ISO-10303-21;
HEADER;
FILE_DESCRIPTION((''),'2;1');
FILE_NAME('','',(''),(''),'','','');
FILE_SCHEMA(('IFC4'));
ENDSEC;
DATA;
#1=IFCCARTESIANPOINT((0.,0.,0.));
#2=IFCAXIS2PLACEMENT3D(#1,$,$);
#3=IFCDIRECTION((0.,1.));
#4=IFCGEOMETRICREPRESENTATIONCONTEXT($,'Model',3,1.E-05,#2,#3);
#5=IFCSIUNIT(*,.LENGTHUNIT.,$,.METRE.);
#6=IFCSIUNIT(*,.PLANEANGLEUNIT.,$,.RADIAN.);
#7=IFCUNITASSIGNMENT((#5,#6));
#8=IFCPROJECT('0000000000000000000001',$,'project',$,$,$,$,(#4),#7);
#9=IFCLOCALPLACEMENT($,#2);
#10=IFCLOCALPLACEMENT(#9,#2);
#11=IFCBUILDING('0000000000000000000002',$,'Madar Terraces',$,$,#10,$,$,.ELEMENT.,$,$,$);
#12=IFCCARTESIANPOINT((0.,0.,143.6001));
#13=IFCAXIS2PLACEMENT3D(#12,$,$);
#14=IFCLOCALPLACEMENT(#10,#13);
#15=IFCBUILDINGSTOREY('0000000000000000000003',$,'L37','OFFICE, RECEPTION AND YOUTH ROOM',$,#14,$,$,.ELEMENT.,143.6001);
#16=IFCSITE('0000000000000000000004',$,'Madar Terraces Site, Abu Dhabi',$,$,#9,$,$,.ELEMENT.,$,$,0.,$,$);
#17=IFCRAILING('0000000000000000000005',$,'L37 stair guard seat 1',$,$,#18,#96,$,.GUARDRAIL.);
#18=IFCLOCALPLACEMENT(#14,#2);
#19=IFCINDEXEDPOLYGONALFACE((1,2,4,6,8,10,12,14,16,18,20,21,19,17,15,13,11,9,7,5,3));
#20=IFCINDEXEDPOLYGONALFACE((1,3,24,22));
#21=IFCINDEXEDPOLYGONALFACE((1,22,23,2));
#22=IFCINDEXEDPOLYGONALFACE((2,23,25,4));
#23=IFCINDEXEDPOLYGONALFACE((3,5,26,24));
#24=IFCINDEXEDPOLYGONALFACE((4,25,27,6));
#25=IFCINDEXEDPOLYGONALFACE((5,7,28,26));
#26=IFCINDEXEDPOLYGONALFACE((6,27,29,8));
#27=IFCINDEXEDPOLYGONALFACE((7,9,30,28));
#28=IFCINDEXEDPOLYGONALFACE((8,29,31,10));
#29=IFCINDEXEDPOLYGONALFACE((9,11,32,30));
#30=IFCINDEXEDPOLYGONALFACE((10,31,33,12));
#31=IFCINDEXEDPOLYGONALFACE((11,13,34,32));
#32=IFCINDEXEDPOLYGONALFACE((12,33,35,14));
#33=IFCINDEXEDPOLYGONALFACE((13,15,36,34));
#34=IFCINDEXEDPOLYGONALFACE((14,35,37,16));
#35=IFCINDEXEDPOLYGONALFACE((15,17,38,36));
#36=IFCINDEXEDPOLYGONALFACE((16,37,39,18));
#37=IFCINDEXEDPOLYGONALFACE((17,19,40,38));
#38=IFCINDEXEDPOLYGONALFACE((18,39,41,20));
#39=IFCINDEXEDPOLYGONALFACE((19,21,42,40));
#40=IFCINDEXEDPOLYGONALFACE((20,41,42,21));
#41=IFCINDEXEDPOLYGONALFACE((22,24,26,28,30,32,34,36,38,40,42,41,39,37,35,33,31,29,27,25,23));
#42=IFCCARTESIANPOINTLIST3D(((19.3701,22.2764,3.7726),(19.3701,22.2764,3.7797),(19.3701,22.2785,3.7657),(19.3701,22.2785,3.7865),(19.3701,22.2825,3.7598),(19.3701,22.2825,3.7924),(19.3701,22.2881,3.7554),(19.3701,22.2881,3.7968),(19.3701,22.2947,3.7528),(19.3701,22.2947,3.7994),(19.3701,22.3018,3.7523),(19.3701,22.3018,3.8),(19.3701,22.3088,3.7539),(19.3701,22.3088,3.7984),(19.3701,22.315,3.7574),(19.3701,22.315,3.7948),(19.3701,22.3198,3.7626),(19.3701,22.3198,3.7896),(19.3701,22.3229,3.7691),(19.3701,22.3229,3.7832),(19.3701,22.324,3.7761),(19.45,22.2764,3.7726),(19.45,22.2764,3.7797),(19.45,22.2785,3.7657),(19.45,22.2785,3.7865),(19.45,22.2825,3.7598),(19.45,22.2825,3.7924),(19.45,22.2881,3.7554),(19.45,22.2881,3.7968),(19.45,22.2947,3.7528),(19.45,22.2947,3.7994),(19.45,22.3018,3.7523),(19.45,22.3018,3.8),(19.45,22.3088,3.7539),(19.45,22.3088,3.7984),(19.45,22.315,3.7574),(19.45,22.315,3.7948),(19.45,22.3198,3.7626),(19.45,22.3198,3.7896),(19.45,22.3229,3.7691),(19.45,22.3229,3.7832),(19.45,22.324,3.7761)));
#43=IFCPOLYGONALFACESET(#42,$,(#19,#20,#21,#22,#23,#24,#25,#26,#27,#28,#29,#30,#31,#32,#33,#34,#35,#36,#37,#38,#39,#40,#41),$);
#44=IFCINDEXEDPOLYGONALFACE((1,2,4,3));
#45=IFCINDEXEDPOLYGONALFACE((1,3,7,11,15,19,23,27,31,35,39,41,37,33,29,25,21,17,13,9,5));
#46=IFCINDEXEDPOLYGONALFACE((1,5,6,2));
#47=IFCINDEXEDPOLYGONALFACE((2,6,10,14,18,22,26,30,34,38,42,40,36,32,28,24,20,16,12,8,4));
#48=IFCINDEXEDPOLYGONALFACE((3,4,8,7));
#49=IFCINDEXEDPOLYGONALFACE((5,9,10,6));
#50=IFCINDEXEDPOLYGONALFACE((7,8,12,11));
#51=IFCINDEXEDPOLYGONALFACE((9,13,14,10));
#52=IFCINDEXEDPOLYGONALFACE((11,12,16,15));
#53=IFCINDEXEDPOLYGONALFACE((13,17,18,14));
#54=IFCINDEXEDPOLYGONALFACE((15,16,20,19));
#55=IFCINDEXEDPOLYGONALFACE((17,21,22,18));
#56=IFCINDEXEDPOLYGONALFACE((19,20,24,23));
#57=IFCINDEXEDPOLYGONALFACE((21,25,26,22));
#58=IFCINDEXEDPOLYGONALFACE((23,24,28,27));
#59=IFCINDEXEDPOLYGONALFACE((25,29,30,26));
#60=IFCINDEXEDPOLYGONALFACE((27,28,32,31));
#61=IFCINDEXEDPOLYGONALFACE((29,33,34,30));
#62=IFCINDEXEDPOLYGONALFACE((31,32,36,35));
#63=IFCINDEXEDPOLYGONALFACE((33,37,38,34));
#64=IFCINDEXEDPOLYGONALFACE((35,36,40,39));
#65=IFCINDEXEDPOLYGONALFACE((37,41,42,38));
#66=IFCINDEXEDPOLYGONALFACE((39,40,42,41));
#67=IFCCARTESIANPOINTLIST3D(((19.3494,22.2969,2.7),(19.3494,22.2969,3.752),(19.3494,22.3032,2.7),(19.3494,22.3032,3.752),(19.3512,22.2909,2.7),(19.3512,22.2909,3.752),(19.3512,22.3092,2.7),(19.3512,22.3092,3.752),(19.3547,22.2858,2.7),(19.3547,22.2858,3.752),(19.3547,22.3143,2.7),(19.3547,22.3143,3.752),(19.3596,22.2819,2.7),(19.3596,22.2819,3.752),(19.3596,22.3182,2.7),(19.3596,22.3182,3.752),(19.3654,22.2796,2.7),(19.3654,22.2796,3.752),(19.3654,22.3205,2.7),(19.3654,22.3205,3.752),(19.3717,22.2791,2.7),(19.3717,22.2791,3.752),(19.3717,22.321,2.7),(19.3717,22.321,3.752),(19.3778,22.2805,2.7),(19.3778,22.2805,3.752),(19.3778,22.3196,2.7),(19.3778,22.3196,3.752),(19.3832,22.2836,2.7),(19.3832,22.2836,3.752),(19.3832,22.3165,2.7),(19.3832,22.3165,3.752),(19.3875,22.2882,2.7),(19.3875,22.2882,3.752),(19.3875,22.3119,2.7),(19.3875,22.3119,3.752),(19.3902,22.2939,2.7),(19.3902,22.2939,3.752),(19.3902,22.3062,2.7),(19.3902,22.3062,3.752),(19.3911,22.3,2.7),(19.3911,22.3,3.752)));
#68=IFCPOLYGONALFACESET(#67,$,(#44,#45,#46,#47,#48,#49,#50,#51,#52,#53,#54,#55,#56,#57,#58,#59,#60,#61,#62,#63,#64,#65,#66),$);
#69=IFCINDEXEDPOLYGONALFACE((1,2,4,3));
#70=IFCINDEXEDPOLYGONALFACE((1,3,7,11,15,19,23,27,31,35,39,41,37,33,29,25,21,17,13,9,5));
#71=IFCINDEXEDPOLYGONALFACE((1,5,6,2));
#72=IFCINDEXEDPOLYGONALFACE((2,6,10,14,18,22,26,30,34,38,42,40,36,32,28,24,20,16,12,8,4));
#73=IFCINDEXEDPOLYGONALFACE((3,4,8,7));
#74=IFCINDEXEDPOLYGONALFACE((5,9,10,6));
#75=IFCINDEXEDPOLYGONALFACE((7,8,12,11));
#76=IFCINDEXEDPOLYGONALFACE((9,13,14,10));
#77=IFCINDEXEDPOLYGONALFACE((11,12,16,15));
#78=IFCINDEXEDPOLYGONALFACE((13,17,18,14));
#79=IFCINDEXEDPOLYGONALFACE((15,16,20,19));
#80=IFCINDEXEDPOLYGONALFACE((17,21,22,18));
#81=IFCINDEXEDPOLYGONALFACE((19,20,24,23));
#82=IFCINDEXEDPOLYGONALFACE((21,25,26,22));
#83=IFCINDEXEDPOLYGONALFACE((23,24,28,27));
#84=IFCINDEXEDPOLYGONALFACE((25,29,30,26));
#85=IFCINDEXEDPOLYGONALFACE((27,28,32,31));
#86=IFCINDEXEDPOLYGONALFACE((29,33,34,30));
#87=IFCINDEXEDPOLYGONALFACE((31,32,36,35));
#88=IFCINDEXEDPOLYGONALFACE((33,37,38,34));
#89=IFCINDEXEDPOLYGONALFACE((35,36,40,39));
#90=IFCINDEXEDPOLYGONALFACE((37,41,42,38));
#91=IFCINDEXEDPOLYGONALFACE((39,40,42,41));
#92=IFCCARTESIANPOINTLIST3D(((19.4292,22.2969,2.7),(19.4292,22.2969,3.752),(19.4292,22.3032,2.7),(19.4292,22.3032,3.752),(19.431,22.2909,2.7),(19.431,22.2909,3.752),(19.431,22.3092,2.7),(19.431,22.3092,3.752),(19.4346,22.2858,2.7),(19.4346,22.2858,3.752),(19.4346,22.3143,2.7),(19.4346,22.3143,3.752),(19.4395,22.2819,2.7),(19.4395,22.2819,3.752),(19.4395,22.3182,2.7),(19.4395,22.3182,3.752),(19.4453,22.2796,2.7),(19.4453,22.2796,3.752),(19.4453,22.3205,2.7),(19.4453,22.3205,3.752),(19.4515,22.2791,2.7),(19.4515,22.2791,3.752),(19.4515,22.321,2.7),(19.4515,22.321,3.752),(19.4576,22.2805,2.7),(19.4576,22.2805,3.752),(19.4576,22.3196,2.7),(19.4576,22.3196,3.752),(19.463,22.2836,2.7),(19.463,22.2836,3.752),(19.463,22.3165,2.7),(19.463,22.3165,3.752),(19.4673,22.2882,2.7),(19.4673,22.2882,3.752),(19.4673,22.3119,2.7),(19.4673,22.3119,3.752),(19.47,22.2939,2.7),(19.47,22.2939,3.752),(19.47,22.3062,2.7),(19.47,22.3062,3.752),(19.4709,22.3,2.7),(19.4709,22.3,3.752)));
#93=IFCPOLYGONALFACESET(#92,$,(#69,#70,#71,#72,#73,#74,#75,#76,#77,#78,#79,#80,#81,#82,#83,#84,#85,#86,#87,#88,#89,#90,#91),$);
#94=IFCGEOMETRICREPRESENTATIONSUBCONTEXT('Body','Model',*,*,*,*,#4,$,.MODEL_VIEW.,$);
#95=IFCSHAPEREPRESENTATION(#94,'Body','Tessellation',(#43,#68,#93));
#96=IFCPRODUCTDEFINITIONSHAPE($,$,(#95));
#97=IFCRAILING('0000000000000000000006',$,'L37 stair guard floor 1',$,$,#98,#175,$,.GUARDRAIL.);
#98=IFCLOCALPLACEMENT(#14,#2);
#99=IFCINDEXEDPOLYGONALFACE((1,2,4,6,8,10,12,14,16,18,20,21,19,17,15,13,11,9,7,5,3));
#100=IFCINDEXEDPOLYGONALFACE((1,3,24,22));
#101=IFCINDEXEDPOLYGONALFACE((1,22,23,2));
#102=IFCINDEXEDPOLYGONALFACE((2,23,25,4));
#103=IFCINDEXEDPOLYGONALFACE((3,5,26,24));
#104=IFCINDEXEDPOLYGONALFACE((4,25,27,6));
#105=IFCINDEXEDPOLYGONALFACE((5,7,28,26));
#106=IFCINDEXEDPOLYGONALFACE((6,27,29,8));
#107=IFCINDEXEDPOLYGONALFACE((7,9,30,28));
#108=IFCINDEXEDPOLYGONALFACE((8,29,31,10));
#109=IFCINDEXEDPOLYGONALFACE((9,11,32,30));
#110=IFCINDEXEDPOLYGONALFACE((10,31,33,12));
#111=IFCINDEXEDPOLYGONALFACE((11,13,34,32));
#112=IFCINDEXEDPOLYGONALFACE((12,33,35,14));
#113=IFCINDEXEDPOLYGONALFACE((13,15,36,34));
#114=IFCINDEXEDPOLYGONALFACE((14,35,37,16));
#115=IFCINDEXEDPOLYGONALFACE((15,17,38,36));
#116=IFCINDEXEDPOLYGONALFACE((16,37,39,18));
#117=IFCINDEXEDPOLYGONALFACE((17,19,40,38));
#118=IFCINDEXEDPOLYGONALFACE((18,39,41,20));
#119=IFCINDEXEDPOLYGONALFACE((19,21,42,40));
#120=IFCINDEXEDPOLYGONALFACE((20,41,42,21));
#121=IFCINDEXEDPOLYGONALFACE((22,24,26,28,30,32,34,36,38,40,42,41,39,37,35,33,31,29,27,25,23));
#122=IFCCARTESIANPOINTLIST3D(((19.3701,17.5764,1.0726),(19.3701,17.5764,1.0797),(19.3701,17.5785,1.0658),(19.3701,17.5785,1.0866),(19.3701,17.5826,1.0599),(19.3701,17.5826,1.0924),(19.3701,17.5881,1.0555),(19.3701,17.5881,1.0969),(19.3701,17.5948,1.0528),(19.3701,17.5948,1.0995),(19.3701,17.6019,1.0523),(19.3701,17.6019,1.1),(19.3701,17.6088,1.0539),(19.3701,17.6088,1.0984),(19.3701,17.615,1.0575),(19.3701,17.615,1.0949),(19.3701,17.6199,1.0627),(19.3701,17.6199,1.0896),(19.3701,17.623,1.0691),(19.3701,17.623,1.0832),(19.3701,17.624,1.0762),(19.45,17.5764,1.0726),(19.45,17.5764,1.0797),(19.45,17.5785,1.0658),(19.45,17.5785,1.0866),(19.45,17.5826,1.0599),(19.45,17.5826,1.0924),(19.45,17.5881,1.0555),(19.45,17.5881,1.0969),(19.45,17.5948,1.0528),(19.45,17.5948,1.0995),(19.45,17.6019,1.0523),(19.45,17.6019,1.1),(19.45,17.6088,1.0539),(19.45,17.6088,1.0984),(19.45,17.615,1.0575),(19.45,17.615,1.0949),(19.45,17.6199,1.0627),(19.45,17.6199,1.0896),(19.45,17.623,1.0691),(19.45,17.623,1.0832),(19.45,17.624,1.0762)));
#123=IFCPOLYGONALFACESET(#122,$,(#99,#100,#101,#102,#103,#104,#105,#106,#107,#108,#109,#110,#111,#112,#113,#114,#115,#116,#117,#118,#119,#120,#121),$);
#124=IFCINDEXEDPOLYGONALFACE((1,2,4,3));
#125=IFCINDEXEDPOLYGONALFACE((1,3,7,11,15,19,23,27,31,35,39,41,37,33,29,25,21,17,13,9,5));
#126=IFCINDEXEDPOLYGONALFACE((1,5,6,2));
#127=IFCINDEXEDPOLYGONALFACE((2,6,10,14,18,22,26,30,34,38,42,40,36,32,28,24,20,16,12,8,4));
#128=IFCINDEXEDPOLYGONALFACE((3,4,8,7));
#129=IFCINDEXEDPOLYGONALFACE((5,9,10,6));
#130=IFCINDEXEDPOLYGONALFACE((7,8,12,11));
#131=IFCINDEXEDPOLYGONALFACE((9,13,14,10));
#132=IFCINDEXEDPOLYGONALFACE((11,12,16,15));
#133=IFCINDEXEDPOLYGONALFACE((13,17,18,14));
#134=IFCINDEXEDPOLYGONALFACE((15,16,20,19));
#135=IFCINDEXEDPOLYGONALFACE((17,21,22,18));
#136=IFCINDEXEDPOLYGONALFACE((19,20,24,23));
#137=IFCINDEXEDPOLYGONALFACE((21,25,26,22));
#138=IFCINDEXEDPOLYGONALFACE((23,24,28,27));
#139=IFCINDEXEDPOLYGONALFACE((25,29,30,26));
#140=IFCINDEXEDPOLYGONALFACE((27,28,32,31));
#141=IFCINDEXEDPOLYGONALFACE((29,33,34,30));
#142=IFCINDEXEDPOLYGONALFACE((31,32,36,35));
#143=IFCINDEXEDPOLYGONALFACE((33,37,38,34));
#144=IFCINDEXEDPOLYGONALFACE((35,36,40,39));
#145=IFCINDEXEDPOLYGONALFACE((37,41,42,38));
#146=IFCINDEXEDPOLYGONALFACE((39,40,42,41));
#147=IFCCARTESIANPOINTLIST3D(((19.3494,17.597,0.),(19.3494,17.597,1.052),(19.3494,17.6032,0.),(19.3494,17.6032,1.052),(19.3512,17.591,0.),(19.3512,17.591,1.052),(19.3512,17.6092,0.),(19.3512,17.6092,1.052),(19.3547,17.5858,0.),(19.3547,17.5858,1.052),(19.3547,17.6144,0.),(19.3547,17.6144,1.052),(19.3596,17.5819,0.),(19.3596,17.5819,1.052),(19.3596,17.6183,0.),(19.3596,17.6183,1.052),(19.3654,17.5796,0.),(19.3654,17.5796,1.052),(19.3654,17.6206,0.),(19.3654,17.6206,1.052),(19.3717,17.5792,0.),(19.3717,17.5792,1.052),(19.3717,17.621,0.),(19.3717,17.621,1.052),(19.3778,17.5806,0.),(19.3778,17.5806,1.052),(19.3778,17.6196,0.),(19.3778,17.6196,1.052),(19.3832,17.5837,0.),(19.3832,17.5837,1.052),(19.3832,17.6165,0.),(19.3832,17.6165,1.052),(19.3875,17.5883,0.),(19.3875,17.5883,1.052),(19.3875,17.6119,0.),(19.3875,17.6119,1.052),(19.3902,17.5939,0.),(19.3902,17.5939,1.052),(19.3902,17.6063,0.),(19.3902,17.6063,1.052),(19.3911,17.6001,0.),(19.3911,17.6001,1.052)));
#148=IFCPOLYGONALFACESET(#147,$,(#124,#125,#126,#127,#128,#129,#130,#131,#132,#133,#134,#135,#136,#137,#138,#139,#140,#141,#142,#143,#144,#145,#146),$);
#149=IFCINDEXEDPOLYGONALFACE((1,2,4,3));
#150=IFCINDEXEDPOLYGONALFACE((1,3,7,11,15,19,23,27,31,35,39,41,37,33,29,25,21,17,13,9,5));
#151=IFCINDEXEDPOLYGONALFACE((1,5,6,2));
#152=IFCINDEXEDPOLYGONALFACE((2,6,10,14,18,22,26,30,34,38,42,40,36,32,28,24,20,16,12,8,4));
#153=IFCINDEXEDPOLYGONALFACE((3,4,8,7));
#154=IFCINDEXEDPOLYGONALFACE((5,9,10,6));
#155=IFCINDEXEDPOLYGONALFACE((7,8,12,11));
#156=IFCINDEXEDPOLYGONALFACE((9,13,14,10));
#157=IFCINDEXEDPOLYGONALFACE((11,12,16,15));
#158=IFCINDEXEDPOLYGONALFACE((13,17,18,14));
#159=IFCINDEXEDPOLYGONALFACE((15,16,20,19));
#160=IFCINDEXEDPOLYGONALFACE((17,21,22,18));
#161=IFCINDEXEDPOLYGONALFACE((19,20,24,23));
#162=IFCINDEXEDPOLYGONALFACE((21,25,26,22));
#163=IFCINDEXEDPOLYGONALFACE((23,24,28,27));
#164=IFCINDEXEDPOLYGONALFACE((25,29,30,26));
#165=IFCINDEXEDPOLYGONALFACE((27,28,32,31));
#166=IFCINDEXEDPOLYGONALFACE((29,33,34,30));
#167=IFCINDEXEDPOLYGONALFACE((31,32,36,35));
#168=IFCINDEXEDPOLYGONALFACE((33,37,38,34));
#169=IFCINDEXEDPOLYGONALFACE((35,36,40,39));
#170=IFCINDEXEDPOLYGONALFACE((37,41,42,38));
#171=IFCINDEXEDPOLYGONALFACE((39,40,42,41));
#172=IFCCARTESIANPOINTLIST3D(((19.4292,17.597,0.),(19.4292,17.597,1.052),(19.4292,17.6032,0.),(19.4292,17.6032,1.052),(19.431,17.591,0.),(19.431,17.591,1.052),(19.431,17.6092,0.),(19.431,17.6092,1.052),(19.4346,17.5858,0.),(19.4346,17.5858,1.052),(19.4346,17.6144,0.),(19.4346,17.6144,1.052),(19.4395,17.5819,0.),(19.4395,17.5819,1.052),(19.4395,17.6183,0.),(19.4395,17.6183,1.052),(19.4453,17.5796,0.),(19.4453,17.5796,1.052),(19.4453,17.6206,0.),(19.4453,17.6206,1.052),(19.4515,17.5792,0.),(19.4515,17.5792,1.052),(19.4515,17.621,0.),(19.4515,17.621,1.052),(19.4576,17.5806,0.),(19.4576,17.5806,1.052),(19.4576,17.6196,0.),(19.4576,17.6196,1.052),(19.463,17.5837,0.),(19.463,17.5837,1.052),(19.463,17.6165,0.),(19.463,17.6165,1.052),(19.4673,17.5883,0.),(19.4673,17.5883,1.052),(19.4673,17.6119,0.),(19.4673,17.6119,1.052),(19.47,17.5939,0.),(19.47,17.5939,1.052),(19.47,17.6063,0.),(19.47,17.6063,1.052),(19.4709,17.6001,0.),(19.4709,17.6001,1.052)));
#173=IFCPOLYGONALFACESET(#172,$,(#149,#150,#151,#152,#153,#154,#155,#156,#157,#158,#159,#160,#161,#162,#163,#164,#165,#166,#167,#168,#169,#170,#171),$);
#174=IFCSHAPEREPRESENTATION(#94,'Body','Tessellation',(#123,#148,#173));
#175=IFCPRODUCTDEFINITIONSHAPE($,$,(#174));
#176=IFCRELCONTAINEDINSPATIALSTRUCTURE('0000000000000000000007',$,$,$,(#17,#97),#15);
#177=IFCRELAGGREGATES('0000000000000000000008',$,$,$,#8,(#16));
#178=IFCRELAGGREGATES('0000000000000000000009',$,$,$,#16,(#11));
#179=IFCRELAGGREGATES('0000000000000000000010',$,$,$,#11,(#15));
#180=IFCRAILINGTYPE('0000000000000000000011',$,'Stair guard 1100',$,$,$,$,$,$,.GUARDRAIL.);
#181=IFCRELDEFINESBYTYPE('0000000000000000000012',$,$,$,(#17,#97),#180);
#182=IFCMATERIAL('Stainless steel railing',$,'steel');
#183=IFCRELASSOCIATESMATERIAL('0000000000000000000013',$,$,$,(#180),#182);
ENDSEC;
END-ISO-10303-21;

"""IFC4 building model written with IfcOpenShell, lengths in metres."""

from ifc_helpers import new_model, si_unit, direction, frame, origin, origin_2d, place, context, subcontext, project, spatial, circle, extrude, material, type_object, element, save


model = new_model("IFC4")

# Units and contexts
model_context = context("Model", 3, precision=1e-05, world=origin(), true_north=direction((0.0, 1.0)))
body_context = subcontext(model_context, "Body", "Model", "MODEL_VIEW")
ifc_project = project(units=[si_unit("LENGTHUNIT", "METRE"), si_unit("PLANEANGLEUNIT", "RADIAN")], contexts=[model_context])

# Site, building, storey
site_placement = place(None, origin())
site = spatial("IfcSite", under=ifc_project, at=site_placement, Name="Madar Terraces Site, Abu Dhabi", CompositionType="ELEMENT", RefElevation=0.0)
building_placement = place(site_placement, origin())
building = spatial("IfcBuilding", under=site, at=building_placement, Name="Madar Terraces", CompositionType="ELEMENT")
storey_placement = place(building_placement, frame((0.0, 0.0, 143.6001)))
storey = spatial("IfcBuildingStorey", under=building, at=storey_placement, Name="L37", Description="OFFICE, RECEPTION AND YOUTH ROOM", CompositionType="ELEMENT", Elevation=143.6001)

# Railings
ifc_material_1 = material(Name="Stainless steel railing", Category="steel")
railing_type_1 = type_object("IfcRailingType", Name="Stair guard 1100", PredefinedType="GUARDRAIL", material=ifc_material_1)
for number, where, name in (
    (1, (19.3701, 22.3, 2.7), "L37 stair guard seat 1"),
    (2, (19.3701, 17.6001, 0.0), "L37 stair guard floor 1"),
):
    element("IfcRailing", number, at=place(storey_placement, frame(where)), inside=storey, type_object=railing_type_1, Name=name, PredefinedType="GUARDRAIL", context=body_context, shape_type="SweptSolid", body=[
        extrude(circle(Radius=0.0239, at=origin_2d()), frame((0.0, 0.0, 1.0762), z_axis=(1.0, 0.0, 0.0), x_axis=(0.0, 1.0, 0.0)), (0.0, 0.0, 1.0), 0.0798),
        extrude(circle(Radius=0.021, at=origin_2d()), origin(), (0.0, 0.0, 1.0), 1.052),
        extrude(circle(Radius=0.021, at=origin_2d()), frame((0.0798, 0.0, 0.0)), (0.0, 0.0, 1.0), 1.052),
    ])

save(model, "model.ifc")
